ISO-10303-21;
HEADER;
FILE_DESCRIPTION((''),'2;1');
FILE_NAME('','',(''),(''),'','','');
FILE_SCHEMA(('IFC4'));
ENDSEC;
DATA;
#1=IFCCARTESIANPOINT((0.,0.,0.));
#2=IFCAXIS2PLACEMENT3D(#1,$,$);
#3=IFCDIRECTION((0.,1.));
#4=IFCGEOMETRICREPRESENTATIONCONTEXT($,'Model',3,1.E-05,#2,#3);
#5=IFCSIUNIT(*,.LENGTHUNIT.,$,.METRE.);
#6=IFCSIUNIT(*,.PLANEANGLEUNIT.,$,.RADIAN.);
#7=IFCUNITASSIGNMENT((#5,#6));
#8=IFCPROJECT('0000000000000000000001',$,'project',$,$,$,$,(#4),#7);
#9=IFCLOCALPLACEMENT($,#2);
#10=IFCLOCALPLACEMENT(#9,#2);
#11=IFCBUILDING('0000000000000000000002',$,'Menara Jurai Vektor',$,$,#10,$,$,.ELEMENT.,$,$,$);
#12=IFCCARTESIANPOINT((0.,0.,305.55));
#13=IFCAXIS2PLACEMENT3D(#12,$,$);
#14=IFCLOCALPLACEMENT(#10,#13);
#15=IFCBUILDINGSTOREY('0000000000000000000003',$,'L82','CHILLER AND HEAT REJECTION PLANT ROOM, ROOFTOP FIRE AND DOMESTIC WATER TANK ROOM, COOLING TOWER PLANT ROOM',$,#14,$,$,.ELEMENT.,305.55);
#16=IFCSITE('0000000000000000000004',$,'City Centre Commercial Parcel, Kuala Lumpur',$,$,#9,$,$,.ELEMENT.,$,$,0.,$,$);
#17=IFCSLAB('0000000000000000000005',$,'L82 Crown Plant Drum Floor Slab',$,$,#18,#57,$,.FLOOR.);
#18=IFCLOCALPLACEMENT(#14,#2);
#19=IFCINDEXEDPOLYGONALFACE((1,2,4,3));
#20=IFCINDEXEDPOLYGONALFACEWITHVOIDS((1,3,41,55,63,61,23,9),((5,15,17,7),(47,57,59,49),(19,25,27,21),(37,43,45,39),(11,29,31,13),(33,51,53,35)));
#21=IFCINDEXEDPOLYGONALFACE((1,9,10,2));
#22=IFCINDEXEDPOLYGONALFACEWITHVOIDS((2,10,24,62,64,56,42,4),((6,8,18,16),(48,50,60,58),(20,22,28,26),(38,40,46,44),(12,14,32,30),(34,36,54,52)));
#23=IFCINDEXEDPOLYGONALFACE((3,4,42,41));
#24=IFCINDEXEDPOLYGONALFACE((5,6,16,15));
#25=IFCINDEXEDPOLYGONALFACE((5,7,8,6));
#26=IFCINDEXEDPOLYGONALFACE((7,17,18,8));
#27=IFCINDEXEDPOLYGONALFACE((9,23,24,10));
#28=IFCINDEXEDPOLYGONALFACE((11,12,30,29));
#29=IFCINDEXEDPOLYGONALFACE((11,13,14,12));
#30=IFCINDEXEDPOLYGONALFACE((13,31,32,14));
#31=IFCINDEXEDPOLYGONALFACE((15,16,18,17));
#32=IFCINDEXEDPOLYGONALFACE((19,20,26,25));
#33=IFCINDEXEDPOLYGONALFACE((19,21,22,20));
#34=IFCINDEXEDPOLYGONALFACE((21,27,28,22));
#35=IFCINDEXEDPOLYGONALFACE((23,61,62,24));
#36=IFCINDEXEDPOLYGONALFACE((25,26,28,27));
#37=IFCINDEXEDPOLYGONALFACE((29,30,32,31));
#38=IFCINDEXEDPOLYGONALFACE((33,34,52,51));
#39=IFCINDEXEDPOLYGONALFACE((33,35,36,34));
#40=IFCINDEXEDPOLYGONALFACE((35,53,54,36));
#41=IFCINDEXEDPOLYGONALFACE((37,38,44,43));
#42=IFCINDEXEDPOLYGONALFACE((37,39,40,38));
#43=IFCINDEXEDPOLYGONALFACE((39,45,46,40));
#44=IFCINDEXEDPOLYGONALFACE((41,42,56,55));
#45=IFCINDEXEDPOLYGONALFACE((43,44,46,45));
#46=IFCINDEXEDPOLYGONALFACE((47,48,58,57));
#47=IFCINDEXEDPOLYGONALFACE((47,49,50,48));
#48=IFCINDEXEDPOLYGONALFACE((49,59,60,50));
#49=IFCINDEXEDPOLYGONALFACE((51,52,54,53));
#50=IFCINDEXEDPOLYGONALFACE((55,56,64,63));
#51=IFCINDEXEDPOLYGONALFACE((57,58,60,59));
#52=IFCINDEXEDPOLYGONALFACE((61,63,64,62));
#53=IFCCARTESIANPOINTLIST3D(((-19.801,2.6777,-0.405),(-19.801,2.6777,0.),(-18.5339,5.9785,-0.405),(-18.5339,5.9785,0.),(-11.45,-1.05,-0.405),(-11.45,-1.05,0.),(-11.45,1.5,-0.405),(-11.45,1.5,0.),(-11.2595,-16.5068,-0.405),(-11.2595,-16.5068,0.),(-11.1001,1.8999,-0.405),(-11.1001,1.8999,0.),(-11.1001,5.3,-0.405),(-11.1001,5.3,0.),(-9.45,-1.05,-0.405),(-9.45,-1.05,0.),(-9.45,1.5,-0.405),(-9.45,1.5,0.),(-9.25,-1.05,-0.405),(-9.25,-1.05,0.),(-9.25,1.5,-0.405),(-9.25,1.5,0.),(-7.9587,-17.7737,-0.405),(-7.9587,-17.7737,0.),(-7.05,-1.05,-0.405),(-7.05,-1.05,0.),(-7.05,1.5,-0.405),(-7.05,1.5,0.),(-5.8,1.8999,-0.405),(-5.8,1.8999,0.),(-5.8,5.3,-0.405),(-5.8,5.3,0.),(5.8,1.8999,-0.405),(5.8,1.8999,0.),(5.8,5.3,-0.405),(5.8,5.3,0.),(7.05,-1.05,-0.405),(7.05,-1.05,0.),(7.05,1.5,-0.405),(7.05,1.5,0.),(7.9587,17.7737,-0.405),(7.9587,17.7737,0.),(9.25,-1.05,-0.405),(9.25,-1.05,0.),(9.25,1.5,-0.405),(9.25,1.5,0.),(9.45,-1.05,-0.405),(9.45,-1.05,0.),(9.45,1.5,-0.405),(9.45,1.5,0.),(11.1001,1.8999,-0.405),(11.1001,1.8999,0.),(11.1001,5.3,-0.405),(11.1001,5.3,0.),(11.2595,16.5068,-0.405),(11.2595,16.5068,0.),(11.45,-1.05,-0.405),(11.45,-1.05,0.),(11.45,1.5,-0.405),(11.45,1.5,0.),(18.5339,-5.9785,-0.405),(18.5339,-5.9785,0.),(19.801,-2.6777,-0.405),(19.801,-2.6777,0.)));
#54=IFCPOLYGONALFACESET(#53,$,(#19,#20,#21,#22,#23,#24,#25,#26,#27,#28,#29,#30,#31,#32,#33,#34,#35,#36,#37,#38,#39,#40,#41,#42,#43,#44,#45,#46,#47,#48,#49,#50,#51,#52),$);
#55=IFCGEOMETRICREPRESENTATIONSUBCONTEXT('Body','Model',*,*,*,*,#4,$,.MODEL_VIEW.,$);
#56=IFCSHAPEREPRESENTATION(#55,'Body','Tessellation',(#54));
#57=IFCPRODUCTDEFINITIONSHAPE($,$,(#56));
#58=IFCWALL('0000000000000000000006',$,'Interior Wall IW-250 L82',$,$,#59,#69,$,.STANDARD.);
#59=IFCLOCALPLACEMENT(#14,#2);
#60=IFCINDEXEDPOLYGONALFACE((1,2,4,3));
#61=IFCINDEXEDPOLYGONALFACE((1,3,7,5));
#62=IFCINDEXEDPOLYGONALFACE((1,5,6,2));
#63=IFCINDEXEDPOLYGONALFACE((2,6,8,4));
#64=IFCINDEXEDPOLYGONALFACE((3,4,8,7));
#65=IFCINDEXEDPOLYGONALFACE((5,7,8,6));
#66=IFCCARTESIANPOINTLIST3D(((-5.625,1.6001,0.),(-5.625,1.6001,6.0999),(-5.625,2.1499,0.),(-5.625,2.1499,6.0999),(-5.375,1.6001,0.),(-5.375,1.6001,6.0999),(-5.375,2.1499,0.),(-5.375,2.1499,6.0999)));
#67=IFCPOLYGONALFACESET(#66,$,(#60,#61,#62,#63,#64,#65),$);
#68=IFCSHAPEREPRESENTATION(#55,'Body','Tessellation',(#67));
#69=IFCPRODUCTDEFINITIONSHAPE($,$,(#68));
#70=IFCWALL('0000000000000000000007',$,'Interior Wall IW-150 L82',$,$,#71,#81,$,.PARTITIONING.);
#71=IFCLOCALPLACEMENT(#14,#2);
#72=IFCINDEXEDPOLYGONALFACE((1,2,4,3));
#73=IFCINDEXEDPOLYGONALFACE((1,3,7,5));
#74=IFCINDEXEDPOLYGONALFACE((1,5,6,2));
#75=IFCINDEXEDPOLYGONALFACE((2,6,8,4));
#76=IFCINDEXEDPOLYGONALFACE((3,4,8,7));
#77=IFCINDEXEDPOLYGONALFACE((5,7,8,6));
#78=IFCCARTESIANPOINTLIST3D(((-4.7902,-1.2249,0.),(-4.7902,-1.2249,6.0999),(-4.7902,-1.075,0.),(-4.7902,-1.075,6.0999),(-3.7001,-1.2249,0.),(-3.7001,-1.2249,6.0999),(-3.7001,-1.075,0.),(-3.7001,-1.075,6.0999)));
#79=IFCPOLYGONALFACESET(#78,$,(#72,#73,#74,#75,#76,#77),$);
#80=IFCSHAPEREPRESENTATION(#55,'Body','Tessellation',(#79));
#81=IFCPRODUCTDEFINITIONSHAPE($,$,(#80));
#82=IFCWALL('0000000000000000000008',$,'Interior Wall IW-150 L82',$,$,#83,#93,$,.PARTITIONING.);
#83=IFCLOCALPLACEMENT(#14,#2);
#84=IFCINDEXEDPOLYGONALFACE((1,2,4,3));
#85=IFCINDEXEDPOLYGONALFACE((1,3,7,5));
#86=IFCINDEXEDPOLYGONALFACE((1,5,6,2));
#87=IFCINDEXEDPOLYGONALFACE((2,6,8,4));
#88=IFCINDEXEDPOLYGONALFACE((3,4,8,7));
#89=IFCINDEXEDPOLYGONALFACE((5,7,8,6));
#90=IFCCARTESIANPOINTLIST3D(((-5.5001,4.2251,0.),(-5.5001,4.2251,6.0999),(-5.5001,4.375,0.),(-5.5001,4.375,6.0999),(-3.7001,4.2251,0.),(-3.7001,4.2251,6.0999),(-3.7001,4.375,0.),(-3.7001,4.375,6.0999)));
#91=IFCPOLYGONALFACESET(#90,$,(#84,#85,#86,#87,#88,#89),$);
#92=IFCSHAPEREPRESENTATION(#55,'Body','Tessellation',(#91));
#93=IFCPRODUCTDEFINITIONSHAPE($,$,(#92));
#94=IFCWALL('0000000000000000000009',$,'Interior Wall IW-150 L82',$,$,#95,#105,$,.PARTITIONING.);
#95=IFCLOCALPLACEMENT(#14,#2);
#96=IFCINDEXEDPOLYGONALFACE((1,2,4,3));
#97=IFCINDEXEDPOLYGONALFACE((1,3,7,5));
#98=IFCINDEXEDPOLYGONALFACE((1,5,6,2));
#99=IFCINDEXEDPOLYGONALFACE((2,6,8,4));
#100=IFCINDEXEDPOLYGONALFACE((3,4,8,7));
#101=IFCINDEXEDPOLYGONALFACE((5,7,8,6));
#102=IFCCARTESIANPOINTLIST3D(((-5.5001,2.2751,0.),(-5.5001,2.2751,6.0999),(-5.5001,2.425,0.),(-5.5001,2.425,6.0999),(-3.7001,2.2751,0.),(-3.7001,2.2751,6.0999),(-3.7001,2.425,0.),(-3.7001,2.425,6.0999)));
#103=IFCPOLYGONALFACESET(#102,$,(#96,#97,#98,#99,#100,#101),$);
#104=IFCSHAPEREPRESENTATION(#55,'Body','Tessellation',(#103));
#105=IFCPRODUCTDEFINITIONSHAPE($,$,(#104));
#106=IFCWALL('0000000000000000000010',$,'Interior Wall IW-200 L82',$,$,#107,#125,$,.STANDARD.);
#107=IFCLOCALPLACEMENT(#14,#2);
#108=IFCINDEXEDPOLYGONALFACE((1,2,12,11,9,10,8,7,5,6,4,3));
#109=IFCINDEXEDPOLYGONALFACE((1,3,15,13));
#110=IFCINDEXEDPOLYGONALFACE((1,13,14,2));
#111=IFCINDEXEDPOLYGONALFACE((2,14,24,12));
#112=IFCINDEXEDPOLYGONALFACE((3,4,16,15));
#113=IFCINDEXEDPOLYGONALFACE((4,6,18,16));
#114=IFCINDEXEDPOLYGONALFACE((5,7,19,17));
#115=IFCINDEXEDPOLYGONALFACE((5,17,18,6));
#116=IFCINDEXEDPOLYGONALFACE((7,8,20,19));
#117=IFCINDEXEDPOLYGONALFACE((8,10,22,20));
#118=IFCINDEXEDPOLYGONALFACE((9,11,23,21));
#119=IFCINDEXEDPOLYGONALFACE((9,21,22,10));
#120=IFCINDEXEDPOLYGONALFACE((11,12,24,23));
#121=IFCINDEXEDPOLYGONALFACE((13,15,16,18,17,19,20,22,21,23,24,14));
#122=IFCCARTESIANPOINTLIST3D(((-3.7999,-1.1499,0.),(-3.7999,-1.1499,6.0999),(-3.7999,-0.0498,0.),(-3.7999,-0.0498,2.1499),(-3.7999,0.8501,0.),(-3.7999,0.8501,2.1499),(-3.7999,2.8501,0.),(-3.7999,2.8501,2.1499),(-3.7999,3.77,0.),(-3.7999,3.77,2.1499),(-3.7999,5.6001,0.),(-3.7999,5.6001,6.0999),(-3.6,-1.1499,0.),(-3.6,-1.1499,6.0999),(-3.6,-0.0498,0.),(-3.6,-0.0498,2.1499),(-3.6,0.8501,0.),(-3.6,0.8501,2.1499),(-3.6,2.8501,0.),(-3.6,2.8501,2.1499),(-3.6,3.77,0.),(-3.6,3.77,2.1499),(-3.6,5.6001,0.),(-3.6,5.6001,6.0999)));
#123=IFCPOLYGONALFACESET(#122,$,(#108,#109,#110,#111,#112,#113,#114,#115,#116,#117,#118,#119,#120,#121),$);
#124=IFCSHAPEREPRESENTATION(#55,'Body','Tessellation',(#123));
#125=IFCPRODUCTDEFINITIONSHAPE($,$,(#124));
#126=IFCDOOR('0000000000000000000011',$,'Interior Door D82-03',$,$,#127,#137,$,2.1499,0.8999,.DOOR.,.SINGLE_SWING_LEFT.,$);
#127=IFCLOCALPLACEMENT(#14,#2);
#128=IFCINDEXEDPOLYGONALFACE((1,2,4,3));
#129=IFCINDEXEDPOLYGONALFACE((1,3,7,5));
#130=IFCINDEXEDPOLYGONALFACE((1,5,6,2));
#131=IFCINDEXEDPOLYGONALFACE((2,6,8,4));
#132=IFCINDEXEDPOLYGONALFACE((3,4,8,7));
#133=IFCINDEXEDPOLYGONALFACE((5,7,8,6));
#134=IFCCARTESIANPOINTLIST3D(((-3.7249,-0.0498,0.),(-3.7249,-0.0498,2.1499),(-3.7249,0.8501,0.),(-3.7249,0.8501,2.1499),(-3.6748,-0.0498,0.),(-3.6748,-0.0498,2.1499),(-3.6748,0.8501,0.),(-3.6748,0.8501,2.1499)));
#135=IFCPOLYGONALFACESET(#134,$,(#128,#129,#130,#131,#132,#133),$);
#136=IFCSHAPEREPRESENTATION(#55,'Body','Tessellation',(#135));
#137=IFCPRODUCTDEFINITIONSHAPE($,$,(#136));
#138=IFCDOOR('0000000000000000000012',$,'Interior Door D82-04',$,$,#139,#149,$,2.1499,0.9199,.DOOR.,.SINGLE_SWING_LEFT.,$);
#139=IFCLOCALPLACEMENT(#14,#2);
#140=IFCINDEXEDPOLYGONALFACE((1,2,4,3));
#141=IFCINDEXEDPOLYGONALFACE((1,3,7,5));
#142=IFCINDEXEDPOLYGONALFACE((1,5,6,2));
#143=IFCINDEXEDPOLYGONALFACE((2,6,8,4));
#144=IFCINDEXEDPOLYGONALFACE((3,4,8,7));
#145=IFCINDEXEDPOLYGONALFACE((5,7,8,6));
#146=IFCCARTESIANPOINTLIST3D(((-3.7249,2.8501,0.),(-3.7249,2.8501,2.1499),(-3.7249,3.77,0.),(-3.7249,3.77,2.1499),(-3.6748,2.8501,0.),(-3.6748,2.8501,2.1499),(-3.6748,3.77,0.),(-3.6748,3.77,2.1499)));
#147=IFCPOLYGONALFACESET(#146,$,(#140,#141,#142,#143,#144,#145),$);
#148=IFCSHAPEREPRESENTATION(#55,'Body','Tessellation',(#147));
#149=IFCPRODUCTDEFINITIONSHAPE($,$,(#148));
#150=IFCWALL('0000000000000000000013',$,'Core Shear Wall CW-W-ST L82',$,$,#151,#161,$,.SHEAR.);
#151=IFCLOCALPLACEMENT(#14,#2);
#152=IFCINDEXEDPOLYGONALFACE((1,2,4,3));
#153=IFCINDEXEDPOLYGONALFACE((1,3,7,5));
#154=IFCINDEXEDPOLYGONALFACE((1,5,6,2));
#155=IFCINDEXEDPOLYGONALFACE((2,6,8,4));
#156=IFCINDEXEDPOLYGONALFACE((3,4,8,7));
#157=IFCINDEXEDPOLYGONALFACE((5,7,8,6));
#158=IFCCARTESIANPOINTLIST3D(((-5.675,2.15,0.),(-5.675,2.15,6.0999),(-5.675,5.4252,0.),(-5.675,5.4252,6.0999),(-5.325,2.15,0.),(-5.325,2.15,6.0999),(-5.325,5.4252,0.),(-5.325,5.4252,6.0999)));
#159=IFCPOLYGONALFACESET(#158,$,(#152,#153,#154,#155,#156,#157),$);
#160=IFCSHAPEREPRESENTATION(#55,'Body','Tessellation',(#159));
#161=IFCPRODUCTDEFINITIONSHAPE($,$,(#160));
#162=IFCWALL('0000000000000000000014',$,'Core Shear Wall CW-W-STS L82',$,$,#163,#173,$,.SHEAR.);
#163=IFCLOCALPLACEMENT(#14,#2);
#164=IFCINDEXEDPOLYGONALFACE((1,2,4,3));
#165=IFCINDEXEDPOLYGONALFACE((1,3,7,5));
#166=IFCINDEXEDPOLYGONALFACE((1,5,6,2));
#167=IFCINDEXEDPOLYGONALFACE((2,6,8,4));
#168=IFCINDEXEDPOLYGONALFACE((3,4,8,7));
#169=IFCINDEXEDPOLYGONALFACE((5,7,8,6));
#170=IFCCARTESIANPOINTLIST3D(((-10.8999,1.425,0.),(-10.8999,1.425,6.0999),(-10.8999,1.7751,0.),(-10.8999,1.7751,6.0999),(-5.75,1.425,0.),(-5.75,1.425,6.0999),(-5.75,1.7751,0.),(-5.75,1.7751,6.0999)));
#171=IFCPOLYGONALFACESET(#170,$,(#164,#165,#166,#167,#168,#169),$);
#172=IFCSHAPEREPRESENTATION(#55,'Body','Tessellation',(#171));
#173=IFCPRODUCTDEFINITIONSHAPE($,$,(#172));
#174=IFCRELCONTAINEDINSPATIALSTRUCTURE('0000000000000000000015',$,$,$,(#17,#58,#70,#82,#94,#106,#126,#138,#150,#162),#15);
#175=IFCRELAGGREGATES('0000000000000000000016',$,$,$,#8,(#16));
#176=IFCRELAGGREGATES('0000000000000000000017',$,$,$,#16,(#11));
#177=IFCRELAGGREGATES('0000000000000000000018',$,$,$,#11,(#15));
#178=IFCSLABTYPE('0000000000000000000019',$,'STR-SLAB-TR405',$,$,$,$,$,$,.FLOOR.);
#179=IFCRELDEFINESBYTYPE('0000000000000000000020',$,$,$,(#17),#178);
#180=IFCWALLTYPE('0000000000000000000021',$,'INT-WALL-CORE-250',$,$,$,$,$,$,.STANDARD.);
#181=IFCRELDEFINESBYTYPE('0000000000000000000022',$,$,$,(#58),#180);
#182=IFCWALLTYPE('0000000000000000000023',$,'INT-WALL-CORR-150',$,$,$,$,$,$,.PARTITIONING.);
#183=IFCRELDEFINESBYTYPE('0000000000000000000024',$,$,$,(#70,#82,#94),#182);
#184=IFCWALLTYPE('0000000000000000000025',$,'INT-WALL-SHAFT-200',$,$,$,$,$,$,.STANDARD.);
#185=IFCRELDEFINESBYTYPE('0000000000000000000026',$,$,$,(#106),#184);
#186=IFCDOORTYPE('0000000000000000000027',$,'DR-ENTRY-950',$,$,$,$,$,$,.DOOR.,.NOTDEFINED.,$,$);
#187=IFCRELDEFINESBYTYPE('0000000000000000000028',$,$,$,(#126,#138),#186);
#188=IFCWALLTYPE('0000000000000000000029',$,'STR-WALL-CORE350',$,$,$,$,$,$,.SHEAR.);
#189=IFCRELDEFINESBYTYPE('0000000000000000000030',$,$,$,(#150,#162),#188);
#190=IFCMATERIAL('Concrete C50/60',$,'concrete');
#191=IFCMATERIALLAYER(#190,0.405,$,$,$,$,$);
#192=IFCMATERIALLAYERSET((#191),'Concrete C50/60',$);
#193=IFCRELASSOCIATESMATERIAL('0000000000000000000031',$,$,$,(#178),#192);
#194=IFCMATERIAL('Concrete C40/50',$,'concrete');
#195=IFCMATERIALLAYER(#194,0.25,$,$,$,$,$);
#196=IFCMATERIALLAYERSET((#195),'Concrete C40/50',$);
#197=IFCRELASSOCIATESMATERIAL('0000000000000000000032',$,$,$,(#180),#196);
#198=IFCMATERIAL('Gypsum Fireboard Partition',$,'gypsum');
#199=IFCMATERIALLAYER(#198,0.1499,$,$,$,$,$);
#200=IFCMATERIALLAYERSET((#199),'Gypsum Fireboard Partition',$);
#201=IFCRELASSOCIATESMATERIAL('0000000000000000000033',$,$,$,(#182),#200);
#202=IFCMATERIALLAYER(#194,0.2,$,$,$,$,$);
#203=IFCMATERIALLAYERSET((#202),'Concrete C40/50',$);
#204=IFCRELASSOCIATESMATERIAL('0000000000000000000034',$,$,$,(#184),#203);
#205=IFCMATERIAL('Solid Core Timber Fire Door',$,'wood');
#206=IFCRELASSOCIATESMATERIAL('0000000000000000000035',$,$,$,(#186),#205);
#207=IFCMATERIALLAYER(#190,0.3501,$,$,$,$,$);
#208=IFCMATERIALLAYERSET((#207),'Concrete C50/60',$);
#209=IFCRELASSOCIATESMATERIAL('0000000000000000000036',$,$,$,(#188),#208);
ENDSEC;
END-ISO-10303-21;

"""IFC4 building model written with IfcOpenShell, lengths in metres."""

from ifc_helpers import new_model, si_unit, direction, frame, frame_2d, origin, place, context, subcontext, project, spatial, polyline, rectangle, outline, extrude, material, layer, layer_set, type_object, element, fill, save


model = new_model("IFC4")

# Units and contexts
model_context = context("Model", 3, precision=1e-05, world=origin(), true_north=direction((0.0, 1.0)))
body_context = subcontext(model_context, "Body", "Model", "MODEL_VIEW")
ifc_project = project(units=[si_unit("LENGTHUNIT", "METRE"), si_unit("PLANEANGLEUNIT", "RADIAN")], contexts=[model_context])

# Site, building, storey
site_placement = place(None, origin())
site = spatial("IfcSite", under=ifc_project, at=site_placement, Name="City Centre Commercial Parcel, Kuala Lumpur", CompositionType="ELEMENT", RefElevation=0.0)
building_placement = place(site_placement, origin())
building = spatial("IfcBuilding", under=site, at=building_placement, Name="Menara Jurai Vektor", CompositionType="ELEMENT")
storey_placement = place(building_placement, frame((0.0, 0.0, 305.55)))
storey = spatial("IfcBuildingStorey", under=building, at=storey_placement, Name="L82", Description="CHILLER AND HEAT REJECTION PLANT ROOM, ROOFTOP FIRE AND DOMESTIC WATER TANK ROOM, COOLING TOWER PLANT ROOM", CompositionType="ELEMENT", Elevation=305.55)

# Shared definitions
ifc_material_1 = material(Name="Concrete C50/60", Category="concrete")

# Slab
ifc_layer_1 = layer(ifc_material_1, 0.405)
ifc_layer_set_1 = layer_set([ifc_layer_1], Name="Concrete C50/60")
slab_type = type_object("IfcSlabType", Name="STR-SLAB-TR405", PredefinedType="FLOOR", material=ifc_layer_set_1)
slab_placement = place(storey_placement, frame((0.0, 0.0, -0.405)))
element("IfcSlab", 1, at=slab_placement, inside=storey, type_object=slab_type, Name="L82 Crown Plant Drum Floor Slab", PredefinedType="FLOOR", context=body_context, shape_type="SweptSolid", body=[
    extrude(outline(polyline([(-7.9587, -17.7737), (18.5339, -5.9785), (19.801, -2.6777), (11.2595, 16.5068), (7.9587, 17.7737), (-18.5339, 5.9785), (-19.801, 2.6777), (-11.2595, -16.5068), (-7.9587, -17.7737)]), holes=[polyline([(-11.1001, 1.8999), (-11.1001, 5.3), (-5.8, 5.3), (-5.8, 1.8999), (-11.1001, 1.8999)]), polyline([(5.8, 1.8999), (5.8, 5.3), (11.1001, 5.3), (11.1001, 1.8999), (5.8, 1.8999)]), polyline([(-11.45, -1.05), (-11.45, 1.5), (-9.45, 1.5), (-9.45, -1.05), (-11.45, -1.05)]), polyline([(9.45, -1.05), (9.45, 1.5), (11.45, 1.5), (11.45, -1.05), (9.45, -1.05)]), polyline([(-9.25, -1.05), (-9.25, 1.5), (-7.05, 1.5), (-7.05, -1.05), (-9.25, -1.05)]), polyline([(7.05, -1.05), (7.05, 1.5), (9.25, 1.5), (9.25, -1.05), (7.05, -1.05)])]), origin(), (0.0, 0.0, 1.0), 0.405),
])

# Walls
ifc_material_2 = material(Name="Concrete C40/50", Category="concrete")
ifc_layer_2 = layer(ifc_material_2, 0.25)
ifc_layer_set_2 = layer_set([ifc_layer_2], Name="Concrete C40/50")
wall_type_1 = type_object("IfcWallType", Name="INT-WALL-CORE-250", PredefinedType="STANDARD", material=ifc_layer_set_2)
wall_1_placement = place(storey_placement, frame((-5.5, 1.6001, 0.0), z_axis=(0.0, 0.0, 1.0), x_axis=(0.0, 1.0, 0.0)))
element("IfcWall", 2, at=wall_1_placement, inside=storey, type_object=wall_type_1, Name="Interior Wall IW-250 L82", PredefinedType="STANDARD", context=body_context, shape_type="SweptSolid", body=[
    extrude(rectangle(XDim=0.5498, YDim=0.25, at=frame_2d((0.2749, 0.0))), origin(), (0.0, 0.0, 1.0), 6.0999),
])
ifc_material_3 = material(Name="Gypsum Fireboard Partition", Category="gypsum")
ifc_layer_3 = layer(ifc_material_3, 0.1499)
ifc_layer_set_3 = layer_set([ifc_layer_3], Name="Gypsum Fireboard Partition")
wall_type_2 = type_object("IfcWallType", Name="INT-WALL-CORR-150", PredefinedType="PARTITIONING", material=ifc_layer_set_3)
wall_2_placement = place(storey_placement, frame((-4.79, -1.1499, 0.0), z_axis=(0.0, 0.0, 1.0), x_axis=(1.0, 0.0, 0.0)))
element("IfcWall", 3, at=wall_2_placement, inside=storey, type_object=wall_type_2, Name="Interior Wall IW-150 L82", PredefinedType="PARTITIONING", context=body_context, shape_type="SweptSolid", body=[
    extrude(rectangle(XDim=1.0901, YDim=0.1499, at=frame_2d((0.5449, 0.0))), origin(), (0.0, 0.0, 1.0), 6.0999),
])
for number, where, z_axis, x_axis, name in (
    (4, (-5.5, 4.3, 0.0), (0.0, 0.0, 1.0), (1.0, 0.0, 0.0), "Interior Wall IW-150 L82"),
    (5, (-5.5, 2.3501, 0.0), (0.0, 0.0, 1.0), (1.0, 0.0, 0.0), "Interior Wall IW-150 L82"),
):
    element("IfcWall", number, at=place(storey_placement, frame(where, z_axis=z_axis, x_axis=x_axis)), inside=storey, type_object=wall_type_2, Name=name, PredefinedType="PARTITIONING", context=body_context, shape_type="SweptSolid", body=[
        extrude(rectangle(XDim=1.8, YDim=0.1499, at=frame_2d((0.8999, 0.0))), origin(), (0.0, 0.0, 1.0), 6.0999),
    ])

# Wall, openings, doors
ifc_layer_4 = layer(ifc_material_2, 0.2)
ifc_layer_set_4 = layer_set([ifc_layer_4], Name="Concrete C40/50")
wall_type_3 = type_object("IfcWallType", Name="INT-WALL-SHAFT-200", PredefinedType="STANDARD", material=ifc_layer_set_4)
wall_3_placement = place(storey_placement, frame((-3.7, -1.1499, 0.0), z_axis=(0.0, 0.0, 1.0), x_axis=(0.0, 1.0, 0.0)))
wall_3 = element("IfcWall", 6, at=wall_3_placement, inside=storey, type_object=wall_type_3, Name="Interior Wall IW-200 L82", PredefinedType="STANDARD", context=body_context, shape_type="SweptSolid", body=[
    extrude(rectangle(XDim=6.75, YDim=0.2, at=frame_2d((3.375, 0.0))), origin(), (0.0, 0.0, 1.0), 6.0999),
])
opening_1_placement = place(wall_3_placement, frame((1.1001, 0.0, 0.0)))
opening_1 = element("IfcOpeningElement", 7, at=opening_1_placement, cuts=wall_3, PredefinedType="OPENING", context=body_context, shape_type="SweptSolid", body=[
    extrude(rectangle(XDim=0.8999, YDim=2.1499, at=frame_2d((0.45, 1.075))), frame((0.0, 0.1099, 0.0), z_axis=(0.0, -1.0, 0.0), x_axis=(1.0, 0.0, 0.0)), (0.0, 0.0, 1.0), 0.22),
])
opening_2_placement = place(wall_3_placement, frame((4.0, 0.0, 0.0)))
opening_2 = element("IfcOpeningElement", 8, at=opening_2_placement, cuts=wall_3, PredefinedType="OPENING", context=body_context, shape_type="SweptSolid", body=[
    extrude(rectangle(XDim=0.9199, YDim=2.1499, at=frame_2d((0.46, 1.075))), frame((0.0, 0.1099, 0.0), z_axis=(0.0, -1.0, 0.0), x_axis=(1.0, 0.0, 0.0)), (0.0, 0.0, 1.0), 0.22),
])
ifc_material_4 = material(Name="Solid Core Timber Fire Door", Category="wood")
door_type = type_object("IfcDoorType", Name="DR-ENTRY-950", OperationType="NOTDEFINED", PredefinedType="DOOR", material=ifc_material_4)
door_1_placement = place(opening_1_placement, origin())
door_1 = element("IfcDoor", 9, at=door_1_placement, inside=storey, type_object=door_type, Name="Interior Door D82-03", OperationType="SINGLE_SWING_LEFT", OverallHeight=2.1499, OverallWidth=0.8999, PredefinedType="DOOR", context=body_context, shape_type="SweptSolid", body=[
    extrude(rectangle(XDim=0.8999, YDim=2.1499, at=frame_2d((0.45, 1.075))), frame((0.0, 0.0249, 0.0), z_axis=(0.0, -1.0, 0.0), x_axis=(1.0, 0.0, 0.0)), (0.0, 0.0, 1.0), 0.05),
])
fill(opening_1, door_1)
door_2_placement = place(opening_2_placement, origin())
door_2 = element("IfcDoor", 10, at=door_2_placement, inside=storey, type_object=door_type, Name="Interior Door D82-04", OperationType="SINGLE_SWING_LEFT", OverallHeight=2.1499, OverallWidth=0.9199, PredefinedType="DOOR", context=body_context, shape_type="SweptSolid", body=[
    extrude(rectangle(XDim=0.9199, YDim=2.1499, at=frame_2d((0.46, 1.075))), frame((0.0, 0.0249, 0.0), z_axis=(0.0, -1.0, 0.0), x_axis=(1.0, 0.0, 0.0)), (0.0, 0.0, 1.0), 0.05),
])
fill(opening_2, door_2)

# Walls
ifc_layer_5 = layer(ifc_material_1, 0.3501)
ifc_layer_set_5 = layer_set([ifc_layer_5], Name="Concrete C50/60")
wall_type_4 = type_object("IfcWallType", Name="STR-WALL-CORE350", PredefinedType="SHEAR", material=ifc_layer_set_5)
wall_4_placement = place(storey_placement, frame((-5.5, 2.1499, 0.0), z_axis=(0.0, 0.0, 1.0), x_axis=(0.0, 1.0, 0.0)))
element("IfcWall", 11, at=wall_4_placement, inside=storey, type_object=wall_type_4, Name="Core Shear Wall CW-W-ST L82", PredefinedType="SHEAR", context=body_context, shape_type="SweptSolid", body=[
    extrude(rectangle(XDim=3.2751, YDim=0.3501, at=frame_2d((1.6377, 0.0))), origin(), (0.0, 0.0, 1.0), 6.0999),
])
wall_5_placement = place(storey_placement, frame((-10.8999, 1.6001, 0.0), z_axis=(0.0, 0.0, 1.0), x_axis=(1.0, 0.0, 0.0)))
element("IfcWall", 12, at=wall_5_placement, inside=storey, type_object=wall_type_4, Name="Core Shear Wall CW-W-STS L82", PredefinedType="SHEAR", context=body_context, shape_type="SweptSolid", body=[
    extrude(rectangle(XDim=5.1499, YDim=0.3501, at=frame_2d((2.575, 0.0))), origin(), (0.0, 0.0, 1.0), 6.0999),
])

save(model, "model.ifc")
